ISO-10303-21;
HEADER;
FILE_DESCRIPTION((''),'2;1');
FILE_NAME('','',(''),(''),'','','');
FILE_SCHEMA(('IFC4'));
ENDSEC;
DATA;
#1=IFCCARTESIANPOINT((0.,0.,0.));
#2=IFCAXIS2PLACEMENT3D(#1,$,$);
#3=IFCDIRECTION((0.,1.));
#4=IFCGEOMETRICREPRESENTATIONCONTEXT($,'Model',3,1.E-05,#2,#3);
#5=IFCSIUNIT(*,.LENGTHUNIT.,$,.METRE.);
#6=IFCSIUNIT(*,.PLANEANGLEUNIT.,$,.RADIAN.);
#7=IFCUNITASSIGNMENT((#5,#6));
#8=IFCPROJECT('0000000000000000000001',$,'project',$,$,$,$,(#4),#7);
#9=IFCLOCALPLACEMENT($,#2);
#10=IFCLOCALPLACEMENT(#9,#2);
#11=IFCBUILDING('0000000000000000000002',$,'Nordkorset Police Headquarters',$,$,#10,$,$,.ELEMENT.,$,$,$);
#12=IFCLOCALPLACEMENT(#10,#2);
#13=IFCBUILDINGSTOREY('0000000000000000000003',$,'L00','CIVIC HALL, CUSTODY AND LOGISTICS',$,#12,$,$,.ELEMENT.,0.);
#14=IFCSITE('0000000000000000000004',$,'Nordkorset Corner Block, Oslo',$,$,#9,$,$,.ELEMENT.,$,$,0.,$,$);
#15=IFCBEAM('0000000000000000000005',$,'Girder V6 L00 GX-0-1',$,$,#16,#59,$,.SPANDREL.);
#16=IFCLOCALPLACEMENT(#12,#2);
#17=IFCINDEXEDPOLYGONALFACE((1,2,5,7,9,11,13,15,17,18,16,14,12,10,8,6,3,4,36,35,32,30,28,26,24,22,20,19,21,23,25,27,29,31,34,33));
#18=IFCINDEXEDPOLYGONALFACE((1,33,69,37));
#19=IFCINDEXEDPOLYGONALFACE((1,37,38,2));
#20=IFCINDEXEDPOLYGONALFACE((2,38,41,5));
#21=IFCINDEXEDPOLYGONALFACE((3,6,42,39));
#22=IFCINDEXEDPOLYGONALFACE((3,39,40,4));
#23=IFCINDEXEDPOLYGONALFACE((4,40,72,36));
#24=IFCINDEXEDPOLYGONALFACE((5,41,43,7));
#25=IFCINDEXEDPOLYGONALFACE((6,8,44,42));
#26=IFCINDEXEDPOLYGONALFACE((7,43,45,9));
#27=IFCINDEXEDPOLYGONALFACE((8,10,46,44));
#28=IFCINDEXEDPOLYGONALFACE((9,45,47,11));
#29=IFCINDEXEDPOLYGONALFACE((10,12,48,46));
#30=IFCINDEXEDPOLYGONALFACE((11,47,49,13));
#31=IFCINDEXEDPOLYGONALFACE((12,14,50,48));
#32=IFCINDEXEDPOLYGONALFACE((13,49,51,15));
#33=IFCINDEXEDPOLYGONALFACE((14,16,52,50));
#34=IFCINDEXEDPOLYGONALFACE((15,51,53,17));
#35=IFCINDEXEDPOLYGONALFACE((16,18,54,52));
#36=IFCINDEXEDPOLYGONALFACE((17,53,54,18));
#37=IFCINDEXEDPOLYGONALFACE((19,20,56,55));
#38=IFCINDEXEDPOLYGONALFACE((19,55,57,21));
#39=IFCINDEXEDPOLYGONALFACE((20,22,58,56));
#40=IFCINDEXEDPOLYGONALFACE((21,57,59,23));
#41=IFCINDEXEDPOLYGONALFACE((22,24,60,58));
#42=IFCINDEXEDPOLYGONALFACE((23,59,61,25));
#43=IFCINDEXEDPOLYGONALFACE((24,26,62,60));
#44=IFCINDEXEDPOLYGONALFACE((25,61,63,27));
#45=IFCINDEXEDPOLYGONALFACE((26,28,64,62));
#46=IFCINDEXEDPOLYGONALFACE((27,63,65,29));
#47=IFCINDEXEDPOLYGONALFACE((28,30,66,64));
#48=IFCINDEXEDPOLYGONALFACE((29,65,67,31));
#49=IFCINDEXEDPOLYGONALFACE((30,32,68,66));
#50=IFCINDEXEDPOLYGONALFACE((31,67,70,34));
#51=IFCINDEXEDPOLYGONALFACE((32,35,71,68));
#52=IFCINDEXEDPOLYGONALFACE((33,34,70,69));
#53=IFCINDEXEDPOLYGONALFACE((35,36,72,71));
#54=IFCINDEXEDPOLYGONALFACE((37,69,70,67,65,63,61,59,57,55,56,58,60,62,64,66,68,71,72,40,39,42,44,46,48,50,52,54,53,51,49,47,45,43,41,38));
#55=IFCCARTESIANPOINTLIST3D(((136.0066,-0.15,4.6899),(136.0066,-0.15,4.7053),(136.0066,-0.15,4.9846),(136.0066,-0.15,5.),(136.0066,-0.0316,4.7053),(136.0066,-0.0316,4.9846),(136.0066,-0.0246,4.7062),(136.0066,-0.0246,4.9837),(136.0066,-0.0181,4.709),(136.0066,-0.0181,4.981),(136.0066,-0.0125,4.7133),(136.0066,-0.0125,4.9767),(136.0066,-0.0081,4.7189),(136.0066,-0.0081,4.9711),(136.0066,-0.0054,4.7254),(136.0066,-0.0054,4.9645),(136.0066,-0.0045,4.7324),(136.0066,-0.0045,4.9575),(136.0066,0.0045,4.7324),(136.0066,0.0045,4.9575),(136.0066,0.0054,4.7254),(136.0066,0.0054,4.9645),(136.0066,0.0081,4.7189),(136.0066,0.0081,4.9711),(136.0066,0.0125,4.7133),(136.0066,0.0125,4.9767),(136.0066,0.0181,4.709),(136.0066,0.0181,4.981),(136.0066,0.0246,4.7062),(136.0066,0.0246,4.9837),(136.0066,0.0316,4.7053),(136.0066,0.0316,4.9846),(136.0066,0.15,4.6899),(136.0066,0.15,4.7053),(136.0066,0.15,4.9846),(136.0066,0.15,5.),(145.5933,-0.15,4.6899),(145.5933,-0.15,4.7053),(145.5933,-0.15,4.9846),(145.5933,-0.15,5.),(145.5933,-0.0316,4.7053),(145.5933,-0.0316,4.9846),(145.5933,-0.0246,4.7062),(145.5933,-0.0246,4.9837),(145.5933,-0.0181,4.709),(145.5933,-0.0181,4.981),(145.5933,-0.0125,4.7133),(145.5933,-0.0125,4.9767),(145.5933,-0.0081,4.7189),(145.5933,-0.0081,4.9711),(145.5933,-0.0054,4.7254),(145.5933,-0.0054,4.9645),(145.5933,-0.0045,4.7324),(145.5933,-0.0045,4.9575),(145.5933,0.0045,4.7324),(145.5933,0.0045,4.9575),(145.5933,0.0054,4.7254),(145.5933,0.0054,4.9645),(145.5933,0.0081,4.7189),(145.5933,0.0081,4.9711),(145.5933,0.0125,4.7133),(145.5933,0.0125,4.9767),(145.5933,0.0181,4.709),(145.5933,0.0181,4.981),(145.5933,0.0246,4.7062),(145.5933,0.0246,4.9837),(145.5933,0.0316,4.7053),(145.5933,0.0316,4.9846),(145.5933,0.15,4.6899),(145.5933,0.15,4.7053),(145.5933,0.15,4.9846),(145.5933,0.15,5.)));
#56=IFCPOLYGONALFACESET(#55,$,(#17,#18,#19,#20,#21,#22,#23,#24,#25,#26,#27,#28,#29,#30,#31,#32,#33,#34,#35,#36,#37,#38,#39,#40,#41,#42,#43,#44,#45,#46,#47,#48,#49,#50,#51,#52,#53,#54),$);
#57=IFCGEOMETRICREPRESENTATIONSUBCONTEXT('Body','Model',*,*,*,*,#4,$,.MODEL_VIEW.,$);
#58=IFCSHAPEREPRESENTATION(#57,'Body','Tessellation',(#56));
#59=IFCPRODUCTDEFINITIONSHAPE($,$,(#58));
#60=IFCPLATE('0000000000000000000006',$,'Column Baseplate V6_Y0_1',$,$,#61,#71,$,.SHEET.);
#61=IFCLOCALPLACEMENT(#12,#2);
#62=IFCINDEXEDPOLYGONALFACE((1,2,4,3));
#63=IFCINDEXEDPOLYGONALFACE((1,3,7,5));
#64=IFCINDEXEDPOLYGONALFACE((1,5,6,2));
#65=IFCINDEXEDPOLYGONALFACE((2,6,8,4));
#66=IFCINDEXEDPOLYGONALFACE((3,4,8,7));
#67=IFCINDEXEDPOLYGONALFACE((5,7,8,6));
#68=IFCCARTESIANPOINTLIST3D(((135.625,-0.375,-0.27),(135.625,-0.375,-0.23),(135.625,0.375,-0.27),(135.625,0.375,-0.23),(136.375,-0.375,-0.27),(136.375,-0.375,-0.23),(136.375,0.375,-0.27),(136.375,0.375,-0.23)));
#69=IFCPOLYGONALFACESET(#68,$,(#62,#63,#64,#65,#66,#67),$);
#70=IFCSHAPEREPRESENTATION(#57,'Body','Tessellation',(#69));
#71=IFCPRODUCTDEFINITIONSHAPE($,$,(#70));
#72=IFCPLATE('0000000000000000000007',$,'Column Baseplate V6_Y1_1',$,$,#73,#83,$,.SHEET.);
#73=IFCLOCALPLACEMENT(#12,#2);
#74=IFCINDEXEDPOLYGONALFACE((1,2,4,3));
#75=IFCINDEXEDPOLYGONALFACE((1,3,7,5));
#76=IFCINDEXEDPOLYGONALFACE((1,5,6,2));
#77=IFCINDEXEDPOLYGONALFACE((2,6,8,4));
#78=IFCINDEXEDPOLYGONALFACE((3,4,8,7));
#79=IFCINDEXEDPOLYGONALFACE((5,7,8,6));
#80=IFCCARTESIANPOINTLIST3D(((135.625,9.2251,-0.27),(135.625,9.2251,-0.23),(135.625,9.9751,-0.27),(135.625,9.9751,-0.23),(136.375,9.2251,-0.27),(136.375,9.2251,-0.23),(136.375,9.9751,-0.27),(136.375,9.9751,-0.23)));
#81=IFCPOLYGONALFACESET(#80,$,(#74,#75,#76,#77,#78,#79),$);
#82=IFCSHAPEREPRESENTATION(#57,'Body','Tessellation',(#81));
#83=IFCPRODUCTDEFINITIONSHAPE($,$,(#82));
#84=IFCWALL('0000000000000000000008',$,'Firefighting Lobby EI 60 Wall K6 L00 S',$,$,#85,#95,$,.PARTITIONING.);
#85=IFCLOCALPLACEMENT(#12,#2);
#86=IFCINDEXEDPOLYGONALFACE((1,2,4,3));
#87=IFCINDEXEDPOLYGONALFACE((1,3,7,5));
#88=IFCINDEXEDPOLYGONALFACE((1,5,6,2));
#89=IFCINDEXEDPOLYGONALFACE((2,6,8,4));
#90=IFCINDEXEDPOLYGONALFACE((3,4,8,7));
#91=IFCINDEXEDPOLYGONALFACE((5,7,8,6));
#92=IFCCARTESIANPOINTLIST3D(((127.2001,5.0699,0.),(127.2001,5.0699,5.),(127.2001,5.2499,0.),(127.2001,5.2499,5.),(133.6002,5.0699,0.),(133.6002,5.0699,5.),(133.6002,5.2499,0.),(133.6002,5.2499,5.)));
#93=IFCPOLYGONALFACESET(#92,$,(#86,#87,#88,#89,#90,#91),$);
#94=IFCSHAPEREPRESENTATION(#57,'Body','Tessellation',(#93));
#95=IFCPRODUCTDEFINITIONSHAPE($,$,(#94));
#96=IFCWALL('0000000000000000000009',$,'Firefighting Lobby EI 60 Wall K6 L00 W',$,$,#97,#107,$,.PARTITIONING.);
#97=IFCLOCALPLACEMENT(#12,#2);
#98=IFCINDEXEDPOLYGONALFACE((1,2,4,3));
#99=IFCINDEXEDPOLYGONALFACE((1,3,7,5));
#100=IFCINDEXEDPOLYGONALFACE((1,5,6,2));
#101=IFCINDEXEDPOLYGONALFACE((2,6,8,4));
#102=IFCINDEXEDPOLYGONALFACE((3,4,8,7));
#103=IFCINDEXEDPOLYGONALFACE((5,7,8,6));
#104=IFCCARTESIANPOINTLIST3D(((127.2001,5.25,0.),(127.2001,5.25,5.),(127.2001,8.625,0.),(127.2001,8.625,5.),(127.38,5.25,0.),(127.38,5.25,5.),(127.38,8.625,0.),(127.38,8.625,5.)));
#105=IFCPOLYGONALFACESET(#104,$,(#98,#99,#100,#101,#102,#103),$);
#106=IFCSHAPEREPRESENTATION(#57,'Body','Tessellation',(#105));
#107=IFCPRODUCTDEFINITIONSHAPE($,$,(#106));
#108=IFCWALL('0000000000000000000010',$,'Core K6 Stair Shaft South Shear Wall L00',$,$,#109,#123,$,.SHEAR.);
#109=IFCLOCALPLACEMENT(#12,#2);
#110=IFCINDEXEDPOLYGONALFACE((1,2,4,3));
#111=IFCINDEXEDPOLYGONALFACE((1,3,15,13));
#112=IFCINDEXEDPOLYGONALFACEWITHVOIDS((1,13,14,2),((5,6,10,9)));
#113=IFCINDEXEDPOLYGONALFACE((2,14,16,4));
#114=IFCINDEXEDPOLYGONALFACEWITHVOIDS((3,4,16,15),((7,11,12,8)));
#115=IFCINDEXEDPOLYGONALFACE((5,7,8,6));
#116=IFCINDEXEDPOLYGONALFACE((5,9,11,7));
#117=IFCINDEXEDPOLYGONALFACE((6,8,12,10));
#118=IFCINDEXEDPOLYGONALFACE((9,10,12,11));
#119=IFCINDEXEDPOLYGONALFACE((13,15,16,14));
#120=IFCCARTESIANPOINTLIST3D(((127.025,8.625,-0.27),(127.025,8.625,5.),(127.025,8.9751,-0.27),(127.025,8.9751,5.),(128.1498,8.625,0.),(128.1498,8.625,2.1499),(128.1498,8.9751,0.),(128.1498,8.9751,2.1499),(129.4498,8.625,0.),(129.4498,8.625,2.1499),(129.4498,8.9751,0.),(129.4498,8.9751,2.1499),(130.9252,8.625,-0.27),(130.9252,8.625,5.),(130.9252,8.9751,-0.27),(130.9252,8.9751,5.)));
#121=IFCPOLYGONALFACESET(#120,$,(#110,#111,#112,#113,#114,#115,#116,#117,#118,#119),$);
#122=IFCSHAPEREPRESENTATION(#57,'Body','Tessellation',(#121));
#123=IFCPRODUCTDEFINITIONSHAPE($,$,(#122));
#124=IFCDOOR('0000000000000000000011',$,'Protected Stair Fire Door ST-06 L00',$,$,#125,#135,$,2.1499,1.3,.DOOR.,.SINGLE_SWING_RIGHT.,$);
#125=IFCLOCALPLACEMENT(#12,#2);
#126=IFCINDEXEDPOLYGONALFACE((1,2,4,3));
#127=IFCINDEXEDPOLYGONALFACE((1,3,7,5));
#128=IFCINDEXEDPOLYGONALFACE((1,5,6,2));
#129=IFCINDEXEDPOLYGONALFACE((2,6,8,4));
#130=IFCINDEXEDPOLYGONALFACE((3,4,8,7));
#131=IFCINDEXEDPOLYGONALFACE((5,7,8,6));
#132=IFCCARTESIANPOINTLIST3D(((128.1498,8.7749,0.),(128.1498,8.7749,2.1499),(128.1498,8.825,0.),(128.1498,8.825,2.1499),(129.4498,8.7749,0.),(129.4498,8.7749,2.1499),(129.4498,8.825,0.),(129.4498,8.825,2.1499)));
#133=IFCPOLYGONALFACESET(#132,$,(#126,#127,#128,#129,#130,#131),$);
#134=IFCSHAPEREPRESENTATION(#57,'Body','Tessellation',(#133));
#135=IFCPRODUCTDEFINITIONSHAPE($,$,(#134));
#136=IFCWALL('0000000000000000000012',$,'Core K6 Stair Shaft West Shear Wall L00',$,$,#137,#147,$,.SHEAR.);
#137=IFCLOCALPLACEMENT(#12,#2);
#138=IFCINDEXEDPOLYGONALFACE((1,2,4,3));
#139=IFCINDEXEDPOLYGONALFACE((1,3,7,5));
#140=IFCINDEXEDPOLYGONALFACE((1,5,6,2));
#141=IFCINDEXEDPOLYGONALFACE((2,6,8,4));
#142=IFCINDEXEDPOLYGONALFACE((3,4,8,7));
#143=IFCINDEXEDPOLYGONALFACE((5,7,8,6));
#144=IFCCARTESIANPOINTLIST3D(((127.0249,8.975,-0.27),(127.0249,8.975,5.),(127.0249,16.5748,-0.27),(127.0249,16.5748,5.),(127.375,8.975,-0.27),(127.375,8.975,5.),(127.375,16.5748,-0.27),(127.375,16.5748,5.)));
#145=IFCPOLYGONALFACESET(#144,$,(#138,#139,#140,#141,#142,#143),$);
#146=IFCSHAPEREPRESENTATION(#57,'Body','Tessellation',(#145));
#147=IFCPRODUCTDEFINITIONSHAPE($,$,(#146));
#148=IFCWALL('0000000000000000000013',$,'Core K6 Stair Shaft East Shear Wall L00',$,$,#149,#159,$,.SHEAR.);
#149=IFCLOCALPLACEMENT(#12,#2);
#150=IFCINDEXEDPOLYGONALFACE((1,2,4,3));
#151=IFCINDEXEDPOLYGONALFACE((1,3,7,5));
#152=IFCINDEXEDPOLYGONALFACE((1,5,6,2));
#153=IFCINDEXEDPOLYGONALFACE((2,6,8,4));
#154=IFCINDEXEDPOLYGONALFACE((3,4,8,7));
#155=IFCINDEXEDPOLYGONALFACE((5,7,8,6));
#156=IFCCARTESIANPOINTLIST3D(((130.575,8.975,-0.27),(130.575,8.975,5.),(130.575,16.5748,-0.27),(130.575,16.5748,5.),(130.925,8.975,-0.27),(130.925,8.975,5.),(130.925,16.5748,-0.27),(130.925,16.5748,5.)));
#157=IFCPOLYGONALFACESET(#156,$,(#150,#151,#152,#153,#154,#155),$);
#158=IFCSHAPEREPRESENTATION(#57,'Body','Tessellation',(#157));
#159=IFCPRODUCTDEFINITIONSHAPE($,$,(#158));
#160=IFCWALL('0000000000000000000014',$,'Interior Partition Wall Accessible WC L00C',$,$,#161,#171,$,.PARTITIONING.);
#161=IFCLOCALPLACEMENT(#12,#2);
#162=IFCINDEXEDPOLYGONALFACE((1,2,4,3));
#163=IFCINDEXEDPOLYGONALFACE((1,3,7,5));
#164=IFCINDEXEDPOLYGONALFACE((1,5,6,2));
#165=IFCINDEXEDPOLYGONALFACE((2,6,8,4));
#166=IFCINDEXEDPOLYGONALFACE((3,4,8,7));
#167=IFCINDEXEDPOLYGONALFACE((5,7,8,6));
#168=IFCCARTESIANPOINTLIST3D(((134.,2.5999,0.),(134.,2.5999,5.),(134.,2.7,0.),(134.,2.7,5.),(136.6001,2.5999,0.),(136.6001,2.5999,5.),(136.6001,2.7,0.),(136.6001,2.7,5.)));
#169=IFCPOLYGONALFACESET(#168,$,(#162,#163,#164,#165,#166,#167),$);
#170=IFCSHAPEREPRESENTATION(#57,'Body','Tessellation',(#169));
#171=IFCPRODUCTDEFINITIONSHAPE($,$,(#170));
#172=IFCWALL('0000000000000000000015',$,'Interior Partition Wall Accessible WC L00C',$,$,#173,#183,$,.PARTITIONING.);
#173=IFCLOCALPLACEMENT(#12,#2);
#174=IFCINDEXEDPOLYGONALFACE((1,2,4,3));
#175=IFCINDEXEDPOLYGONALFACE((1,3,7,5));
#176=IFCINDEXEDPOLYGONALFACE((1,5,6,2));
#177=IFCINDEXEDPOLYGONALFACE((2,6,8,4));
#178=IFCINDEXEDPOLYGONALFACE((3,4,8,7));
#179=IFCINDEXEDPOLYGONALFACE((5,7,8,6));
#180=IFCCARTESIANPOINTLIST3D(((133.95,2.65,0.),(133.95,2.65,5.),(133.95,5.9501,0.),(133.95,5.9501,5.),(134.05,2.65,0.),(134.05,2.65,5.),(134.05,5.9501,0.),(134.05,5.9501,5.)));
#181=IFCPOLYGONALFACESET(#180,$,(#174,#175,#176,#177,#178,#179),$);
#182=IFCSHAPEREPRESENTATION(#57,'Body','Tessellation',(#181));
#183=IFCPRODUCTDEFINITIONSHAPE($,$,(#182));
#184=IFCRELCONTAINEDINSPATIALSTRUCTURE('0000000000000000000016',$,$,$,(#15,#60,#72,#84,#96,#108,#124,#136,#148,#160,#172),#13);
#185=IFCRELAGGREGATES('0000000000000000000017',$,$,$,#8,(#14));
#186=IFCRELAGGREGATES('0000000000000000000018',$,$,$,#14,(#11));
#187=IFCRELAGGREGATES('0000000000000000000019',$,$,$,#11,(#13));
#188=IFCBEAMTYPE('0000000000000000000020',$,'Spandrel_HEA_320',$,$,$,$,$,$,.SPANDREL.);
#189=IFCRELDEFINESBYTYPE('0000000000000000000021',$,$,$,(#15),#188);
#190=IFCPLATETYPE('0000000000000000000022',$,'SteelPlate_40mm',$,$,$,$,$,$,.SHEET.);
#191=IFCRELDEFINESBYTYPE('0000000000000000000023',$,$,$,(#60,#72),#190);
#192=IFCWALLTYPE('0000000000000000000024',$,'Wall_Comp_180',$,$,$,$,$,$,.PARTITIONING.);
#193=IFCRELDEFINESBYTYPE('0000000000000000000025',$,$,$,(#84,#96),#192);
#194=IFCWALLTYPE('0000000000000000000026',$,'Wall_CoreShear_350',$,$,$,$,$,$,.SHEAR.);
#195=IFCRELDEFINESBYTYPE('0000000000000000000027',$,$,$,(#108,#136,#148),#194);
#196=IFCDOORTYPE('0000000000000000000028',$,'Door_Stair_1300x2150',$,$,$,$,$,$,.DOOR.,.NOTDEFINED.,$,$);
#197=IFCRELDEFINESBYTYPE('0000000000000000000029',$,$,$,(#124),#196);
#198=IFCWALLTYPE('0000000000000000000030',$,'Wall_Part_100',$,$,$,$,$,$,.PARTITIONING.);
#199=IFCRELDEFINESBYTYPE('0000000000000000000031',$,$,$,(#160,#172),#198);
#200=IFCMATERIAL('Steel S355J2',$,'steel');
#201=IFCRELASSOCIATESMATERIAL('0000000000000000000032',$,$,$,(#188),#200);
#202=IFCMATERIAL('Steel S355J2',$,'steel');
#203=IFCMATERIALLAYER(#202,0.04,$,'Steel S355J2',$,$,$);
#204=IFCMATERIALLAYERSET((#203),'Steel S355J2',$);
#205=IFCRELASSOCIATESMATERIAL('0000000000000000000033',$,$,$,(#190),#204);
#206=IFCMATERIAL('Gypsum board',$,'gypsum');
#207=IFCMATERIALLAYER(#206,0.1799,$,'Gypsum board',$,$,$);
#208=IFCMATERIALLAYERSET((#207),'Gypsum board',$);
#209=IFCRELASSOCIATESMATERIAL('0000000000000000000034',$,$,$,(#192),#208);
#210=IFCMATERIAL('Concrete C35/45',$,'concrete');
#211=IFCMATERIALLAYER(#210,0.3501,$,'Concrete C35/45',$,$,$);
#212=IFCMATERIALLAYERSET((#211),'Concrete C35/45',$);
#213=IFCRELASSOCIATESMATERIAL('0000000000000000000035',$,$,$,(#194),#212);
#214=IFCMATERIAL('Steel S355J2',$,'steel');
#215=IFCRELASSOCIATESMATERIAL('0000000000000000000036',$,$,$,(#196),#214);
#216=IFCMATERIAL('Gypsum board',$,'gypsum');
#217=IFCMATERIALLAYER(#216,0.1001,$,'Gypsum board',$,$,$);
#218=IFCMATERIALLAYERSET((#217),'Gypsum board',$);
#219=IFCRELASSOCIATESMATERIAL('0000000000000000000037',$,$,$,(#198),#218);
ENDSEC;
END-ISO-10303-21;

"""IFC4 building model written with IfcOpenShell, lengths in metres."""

from ifc_helpers import new_model, si_unit, direction, frame, frame_2d, origin, origin_2d, place, context, subcontext, project, spatial, rectangle, i_section, extrude, material, layer, layer_set, material_profile, profile_set, type_object, element, fill, save


model = new_model("IFC4")

# Units and contexts
model_context = context("Model", 3, precision=1e-05, world=origin(), true_north=direction((0.0, 1.0)))
body_context = subcontext(model_context, "Body", "Model", "MODEL_VIEW")
ifc_project = project(units=[si_unit("LENGTHUNIT", "METRE"), si_unit("PLANEANGLEUNIT", "RADIAN")], contexts=[model_context])

# Site, building, storey
site_placement = place(None, origin())
site = spatial("IfcSite", under=ifc_project, at=site_placement, Name="Nordkorset Corner Block, Oslo", CompositionType="ELEMENT", RefElevation=0.0)
building_placement = place(site_placement, origin())
building = spatial("IfcBuilding", under=site, at=building_placement, Name="Nordkorset Police Headquarters", CompositionType="ELEMENT")
storey_placement = place(building_placement, origin())
storey = spatial("IfcBuildingStorey", under=building, at=storey_placement, Name="L00", Description="CIVIC HALL, CUSTODY AND LOGISTICS", CompositionType="ELEMENT", Elevation=0.0)

# Beam
ifc_material_1 = material(Name="Steel S355J2", Category="steel")
ifc_material_profile_1 = material_profile(ifc_material_1, i_section(OverallWidth=0.3, OverallDepth=0.3101, WebThickness=0.009, FlangeThickness=0.0154, FilletRadius=0.0271, at=origin_2d()), Name="HEA 320")
ifc_profile_set_1 = profile_set([ifc_material_profile_1], Name="Steel S355J2")
beam_type_1 = type_object("IfcBeamType", Name="Spandrel_HEA_320", PredefinedType="SPANDREL", material=ifc_profile_set_1)
beam_1_placement = place(storey_placement, frame((136.0066, 0.0, 4.845), z_axis=(1.0, 0.0, 0.0), x_axis=(0.0, 1.0, 0.0)))
element("IfcBeam", 1, at=beam_1_placement, inside=storey, type_object=beam_type_1, Name="Girder V6 L00 GX-0-1", PredefinedType="SPANDREL", context=body_context, shape_type="SweptSolid", body=[
    extrude(i_section(OverallWidth=0.3, OverallDepth=0.3101, WebThickness=0.009, FlangeThickness=0.0154, FilletRadius=0.0271, at=origin_2d()), origin(), (0.0, 0.0, 1.0), 9.5867),
])

# Plates
ifc_material_2 = material(Name="Steel S355J2", Category="steel")
ifc_layer_1 = layer(ifc_material_2, 0.04, Name="Steel S355J2")
ifc_layer_set_1 = layer_set([ifc_layer_1], Name="Steel S355J2")
plate_type = type_object("IfcPlateType", Name="SteelPlate_40mm", PredefinedType="SHEET", material=ifc_layer_set_1)
for number, where, z_axis, x_axis, name in (
    (2, (136.0, 0.0, -0.27), (0.0, 0.0, 1.0), (1.0, 0.0, 0.0), "Column Baseplate V6_Y0_1"),
    (3, (136.0, 9.6001, -0.27), (0.0, 0.0, 1.0), (1.0, 0.0, 0.0), "Column Baseplate V6_Y1_1"),
):
    element("IfcPlate", number, at=place(storey_placement, frame(where, z_axis=z_axis, x_axis=x_axis)), inside=storey, type_object=plate_type, Name=name, PredefinedType="SHEET", context=body_context, shape_type="SweptSolid", body=[
        extrude(rectangle(XDim=0.75, YDim=0.75, at=origin_2d()), origin(), (0.0, 0.0, 1.0), 0.04),
    ])

# Walls
ifc_material_3 = material(Name="Gypsum board", Category="gypsum")
ifc_layer_2 = layer(ifc_material_3, 0.1799, Name="Gypsum board")
ifc_layer_set_2 = layer_set([ifc_layer_2], Name="Gypsum board")
wall_type_1 = type_object("IfcWallType", Name="Wall_Comp_180", PredefinedType="PARTITIONING", material=ifc_layer_set_2)
wall_1_placement = place(storey_placement, frame((127.2, 5.1599, 0.0), z_axis=(0.0, 0.0, 1.0), x_axis=(1.0, 0.0, 0.0)))
element("IfcWall", 4, at=wall_1_placement, inside=storey, type_object=wall_type_1, Name="Firefighting Lobby EI 60 Wall K6 L00 S", PredefinedType="PARTITIONING", context=body_context, shape_type="SweptSolid", body=[
    extrude(rectangle(XDim=6.4001, YDim=0.1799, at=frame_2d((3.2002, 0.0))), origin(), (0.0, 0.0, 1.0), 5.0),
])
wall_2_placement = place(storey_placement, frame((127.29, 5.25, 0.0), z_axis=(0.0, 0.0, 1.0), x_axis=(0.0, 1.0, 0.0)))
element("IfcWall", 5, at=wall_2_placement, inside=storey, type_object=wall_type_1, Name="Firefighting Lobby EI 60 Wall K6 L00 W", PredefinedType="PARTITIONING", context=body_context, shape_type="SweptSolid", body=[
    extrude(rectangle(XDim=3.375, YDim=0.1799, at=frame_2d((1.6875, 0.0))), origin(), (0.0, 0.0, 1.0), 5.0),
])

# Wall, opening, door
ifc_material_4 = material(Name="Concrete C35/45", Category="concrete")
ifc_layer_3 = layer(ifc_material_4, 0.3501, Name="Concrete C35/45")
ifc_layer_set_3 = layer_set([ifc_layer_3], Name="Concrete C35/45")
wall_type_2 = type_object("IfcWallType", Name="Wall_CoreShear_350", PredefinedType="SHEAR", material=ifc_layer_set_3)
wall_3_placement = place(storey_placement, frame((127.0249, 8.8, -0.27), z_axis=(0.0, 0.0, 1.0), x_axis=(1.0, 0.0, 0.0)))
wall_3 = element("IfcWall", 6, at=wall_3_placement, inside=storey, type_object=wall_type_2, Name="Core K6 Stair Shaft South Shear Wall L00", PredefinedType="SHEAR", context=body_context, shape_type="SweptSolid", body=[
    extrude(rectangle(XDim=3.9001, YDim=0.3501, at=frame_2d((1.9502, 0.0))), origin(), (0.0, 0.0, 1.0), 5.27),
])
opening_1_placement = place(wall_3_placement, frame((1.125, 0.0, 0.27)))
opening_1 = element("IfcOpeningElement", 7, at=opening_1_placement, cuts=wall_3, PredefinedType="OPENING", context=body_context, shape_type="SweptSolid", body=[
    extrude(rectangle(XDim=1.3, YDim=2.1499, at=frame_2d((0.6499, 1.075))), frame((0.0, 0.1851, 0.0), z_axis=(0.0, -1.0, 0.0), x_axis=(1.0, 0.0, 0.0)), (0.0, 0.0, 1.0), 0.3701),
])
ifc_material_5 = material(Name="Steel S355J2", Category="steel")
door_type_1 = type_object("IfcDoorType", Name="Door_Stair_1300x2150", OperationType="NOTDEFINED", PredefinedType="DOOR", material=ifc_material_5)
door_1_placement = place(opening_1_placement, origin())
door_1 = element("IfcDoor", 8, at=door_1_placement, inside=storey, type_object=door_type_1, Name="Protected Stair Fire Door ST-06 L00", OperationType="SINGLE_SWING_RIGHT", OverallHeight=2.1499, OverallWidth=1.3, PredefinedType="DOOR", context=body_context, shape_type="SweptSolid", body=[
    extrude(rectangle(XDim=1.3, YDim=2.1499, at=frame_2d((0.6499, 1.075))), frame((0.0, 0.0249, 0.0), z_axis=(0.0, -1.0, 0.0), x_axis=(1.0, 0.0, 0.0)), (0.0, 0.0, 1.0), 0.05),
])
fill(opening_1, door_1)

# Walls
for number, where, z_axis, x_axis, name in (
    (9, (127.2, 8.9751, -0.27), (0.0, 0.0, 1.0), (0.0, 1.0, 0.0), "Core K6 Stair Shaft West Shear Wall L00"),
    (10, (130.75, 8.9751, -0.27), (0.0, 0.0, 1.0), (0.0, 1.0, 0.0), "Core K6 Stair Shaft East Shear Wall L00"),
):
    element("IfcWall", number, at=place(storey_placement, frame(where, z_axis=z_axis, x_axis=x_axis)), inside=storey, type_object=wall_type_2, Name=name, PredefinedType="SHEAR", context=body_context, shape_type="SweptSolid", body=[
        extrude(rectangle(XDim=7.5999, YDim=0.3501, at=frame_2d((3.7998, 0.0))), origin(), (0.0, 0.0, 1.0), 5.27),
    ])
ifc_material_6 = material(Name="Gypsum board", Category="gypsum")
ifc_layer_4 = layer(ifc_material_6, 0.1001, Name="Gypsum board")
ifc_layer_set_4 = layer_set([ifc_layer_4], Name="Gypsum board")
wall_type_3 = type_object("IfcWallType", Name="Wall_Part_100", PredefinedType="PARTITIONING", material=ifc_layer_set_4)
wall_4_placement = place(storey_placement, frame((134.0, 2.6499, 0.0), z_axis=(0.0, 0.0, 1.0), x_axis=(1.0, 0.0, 0.0)))
element("IfcWall", 11, at=wall_4_placement, inside=storey, type_object=wall_type_3, Name="Interior Partition Wall Accessible WC L00C", PredefinedType="PARTITIONING", context=body_context, shape_type="SweptSolid", body=[
    extrude(rectangle(XDim=2.6001, YDim=0.1001, at=frame_2d((1.3, 0.0))), origin(), (0.0, 0.0, 1.0), 5.0),
])
wall_5_placement = place(storey_placement, frame((134.0, 5.95, 0.0), z_axis=(0.0, 0.0, 1.0), x_axis=(0.0, -1.0, 0.0)))
element("IfcWall", 12, at=wall_5_placement, inside=storey, type_object=wall_type_3, Name="Interior Partition Wall Accessible WC L00C", PredefinedType="PARTITIONING", context=body_context, shape_type="SweptSolid", body=[
    extrude(rectangle(XDim=3.3, YDim=0.1001, at=frame_2d((1.6499, 0.0))), origin(), (0.0, 0.0, 1.0), 5.0),
])

save(model, "model.ifc")
